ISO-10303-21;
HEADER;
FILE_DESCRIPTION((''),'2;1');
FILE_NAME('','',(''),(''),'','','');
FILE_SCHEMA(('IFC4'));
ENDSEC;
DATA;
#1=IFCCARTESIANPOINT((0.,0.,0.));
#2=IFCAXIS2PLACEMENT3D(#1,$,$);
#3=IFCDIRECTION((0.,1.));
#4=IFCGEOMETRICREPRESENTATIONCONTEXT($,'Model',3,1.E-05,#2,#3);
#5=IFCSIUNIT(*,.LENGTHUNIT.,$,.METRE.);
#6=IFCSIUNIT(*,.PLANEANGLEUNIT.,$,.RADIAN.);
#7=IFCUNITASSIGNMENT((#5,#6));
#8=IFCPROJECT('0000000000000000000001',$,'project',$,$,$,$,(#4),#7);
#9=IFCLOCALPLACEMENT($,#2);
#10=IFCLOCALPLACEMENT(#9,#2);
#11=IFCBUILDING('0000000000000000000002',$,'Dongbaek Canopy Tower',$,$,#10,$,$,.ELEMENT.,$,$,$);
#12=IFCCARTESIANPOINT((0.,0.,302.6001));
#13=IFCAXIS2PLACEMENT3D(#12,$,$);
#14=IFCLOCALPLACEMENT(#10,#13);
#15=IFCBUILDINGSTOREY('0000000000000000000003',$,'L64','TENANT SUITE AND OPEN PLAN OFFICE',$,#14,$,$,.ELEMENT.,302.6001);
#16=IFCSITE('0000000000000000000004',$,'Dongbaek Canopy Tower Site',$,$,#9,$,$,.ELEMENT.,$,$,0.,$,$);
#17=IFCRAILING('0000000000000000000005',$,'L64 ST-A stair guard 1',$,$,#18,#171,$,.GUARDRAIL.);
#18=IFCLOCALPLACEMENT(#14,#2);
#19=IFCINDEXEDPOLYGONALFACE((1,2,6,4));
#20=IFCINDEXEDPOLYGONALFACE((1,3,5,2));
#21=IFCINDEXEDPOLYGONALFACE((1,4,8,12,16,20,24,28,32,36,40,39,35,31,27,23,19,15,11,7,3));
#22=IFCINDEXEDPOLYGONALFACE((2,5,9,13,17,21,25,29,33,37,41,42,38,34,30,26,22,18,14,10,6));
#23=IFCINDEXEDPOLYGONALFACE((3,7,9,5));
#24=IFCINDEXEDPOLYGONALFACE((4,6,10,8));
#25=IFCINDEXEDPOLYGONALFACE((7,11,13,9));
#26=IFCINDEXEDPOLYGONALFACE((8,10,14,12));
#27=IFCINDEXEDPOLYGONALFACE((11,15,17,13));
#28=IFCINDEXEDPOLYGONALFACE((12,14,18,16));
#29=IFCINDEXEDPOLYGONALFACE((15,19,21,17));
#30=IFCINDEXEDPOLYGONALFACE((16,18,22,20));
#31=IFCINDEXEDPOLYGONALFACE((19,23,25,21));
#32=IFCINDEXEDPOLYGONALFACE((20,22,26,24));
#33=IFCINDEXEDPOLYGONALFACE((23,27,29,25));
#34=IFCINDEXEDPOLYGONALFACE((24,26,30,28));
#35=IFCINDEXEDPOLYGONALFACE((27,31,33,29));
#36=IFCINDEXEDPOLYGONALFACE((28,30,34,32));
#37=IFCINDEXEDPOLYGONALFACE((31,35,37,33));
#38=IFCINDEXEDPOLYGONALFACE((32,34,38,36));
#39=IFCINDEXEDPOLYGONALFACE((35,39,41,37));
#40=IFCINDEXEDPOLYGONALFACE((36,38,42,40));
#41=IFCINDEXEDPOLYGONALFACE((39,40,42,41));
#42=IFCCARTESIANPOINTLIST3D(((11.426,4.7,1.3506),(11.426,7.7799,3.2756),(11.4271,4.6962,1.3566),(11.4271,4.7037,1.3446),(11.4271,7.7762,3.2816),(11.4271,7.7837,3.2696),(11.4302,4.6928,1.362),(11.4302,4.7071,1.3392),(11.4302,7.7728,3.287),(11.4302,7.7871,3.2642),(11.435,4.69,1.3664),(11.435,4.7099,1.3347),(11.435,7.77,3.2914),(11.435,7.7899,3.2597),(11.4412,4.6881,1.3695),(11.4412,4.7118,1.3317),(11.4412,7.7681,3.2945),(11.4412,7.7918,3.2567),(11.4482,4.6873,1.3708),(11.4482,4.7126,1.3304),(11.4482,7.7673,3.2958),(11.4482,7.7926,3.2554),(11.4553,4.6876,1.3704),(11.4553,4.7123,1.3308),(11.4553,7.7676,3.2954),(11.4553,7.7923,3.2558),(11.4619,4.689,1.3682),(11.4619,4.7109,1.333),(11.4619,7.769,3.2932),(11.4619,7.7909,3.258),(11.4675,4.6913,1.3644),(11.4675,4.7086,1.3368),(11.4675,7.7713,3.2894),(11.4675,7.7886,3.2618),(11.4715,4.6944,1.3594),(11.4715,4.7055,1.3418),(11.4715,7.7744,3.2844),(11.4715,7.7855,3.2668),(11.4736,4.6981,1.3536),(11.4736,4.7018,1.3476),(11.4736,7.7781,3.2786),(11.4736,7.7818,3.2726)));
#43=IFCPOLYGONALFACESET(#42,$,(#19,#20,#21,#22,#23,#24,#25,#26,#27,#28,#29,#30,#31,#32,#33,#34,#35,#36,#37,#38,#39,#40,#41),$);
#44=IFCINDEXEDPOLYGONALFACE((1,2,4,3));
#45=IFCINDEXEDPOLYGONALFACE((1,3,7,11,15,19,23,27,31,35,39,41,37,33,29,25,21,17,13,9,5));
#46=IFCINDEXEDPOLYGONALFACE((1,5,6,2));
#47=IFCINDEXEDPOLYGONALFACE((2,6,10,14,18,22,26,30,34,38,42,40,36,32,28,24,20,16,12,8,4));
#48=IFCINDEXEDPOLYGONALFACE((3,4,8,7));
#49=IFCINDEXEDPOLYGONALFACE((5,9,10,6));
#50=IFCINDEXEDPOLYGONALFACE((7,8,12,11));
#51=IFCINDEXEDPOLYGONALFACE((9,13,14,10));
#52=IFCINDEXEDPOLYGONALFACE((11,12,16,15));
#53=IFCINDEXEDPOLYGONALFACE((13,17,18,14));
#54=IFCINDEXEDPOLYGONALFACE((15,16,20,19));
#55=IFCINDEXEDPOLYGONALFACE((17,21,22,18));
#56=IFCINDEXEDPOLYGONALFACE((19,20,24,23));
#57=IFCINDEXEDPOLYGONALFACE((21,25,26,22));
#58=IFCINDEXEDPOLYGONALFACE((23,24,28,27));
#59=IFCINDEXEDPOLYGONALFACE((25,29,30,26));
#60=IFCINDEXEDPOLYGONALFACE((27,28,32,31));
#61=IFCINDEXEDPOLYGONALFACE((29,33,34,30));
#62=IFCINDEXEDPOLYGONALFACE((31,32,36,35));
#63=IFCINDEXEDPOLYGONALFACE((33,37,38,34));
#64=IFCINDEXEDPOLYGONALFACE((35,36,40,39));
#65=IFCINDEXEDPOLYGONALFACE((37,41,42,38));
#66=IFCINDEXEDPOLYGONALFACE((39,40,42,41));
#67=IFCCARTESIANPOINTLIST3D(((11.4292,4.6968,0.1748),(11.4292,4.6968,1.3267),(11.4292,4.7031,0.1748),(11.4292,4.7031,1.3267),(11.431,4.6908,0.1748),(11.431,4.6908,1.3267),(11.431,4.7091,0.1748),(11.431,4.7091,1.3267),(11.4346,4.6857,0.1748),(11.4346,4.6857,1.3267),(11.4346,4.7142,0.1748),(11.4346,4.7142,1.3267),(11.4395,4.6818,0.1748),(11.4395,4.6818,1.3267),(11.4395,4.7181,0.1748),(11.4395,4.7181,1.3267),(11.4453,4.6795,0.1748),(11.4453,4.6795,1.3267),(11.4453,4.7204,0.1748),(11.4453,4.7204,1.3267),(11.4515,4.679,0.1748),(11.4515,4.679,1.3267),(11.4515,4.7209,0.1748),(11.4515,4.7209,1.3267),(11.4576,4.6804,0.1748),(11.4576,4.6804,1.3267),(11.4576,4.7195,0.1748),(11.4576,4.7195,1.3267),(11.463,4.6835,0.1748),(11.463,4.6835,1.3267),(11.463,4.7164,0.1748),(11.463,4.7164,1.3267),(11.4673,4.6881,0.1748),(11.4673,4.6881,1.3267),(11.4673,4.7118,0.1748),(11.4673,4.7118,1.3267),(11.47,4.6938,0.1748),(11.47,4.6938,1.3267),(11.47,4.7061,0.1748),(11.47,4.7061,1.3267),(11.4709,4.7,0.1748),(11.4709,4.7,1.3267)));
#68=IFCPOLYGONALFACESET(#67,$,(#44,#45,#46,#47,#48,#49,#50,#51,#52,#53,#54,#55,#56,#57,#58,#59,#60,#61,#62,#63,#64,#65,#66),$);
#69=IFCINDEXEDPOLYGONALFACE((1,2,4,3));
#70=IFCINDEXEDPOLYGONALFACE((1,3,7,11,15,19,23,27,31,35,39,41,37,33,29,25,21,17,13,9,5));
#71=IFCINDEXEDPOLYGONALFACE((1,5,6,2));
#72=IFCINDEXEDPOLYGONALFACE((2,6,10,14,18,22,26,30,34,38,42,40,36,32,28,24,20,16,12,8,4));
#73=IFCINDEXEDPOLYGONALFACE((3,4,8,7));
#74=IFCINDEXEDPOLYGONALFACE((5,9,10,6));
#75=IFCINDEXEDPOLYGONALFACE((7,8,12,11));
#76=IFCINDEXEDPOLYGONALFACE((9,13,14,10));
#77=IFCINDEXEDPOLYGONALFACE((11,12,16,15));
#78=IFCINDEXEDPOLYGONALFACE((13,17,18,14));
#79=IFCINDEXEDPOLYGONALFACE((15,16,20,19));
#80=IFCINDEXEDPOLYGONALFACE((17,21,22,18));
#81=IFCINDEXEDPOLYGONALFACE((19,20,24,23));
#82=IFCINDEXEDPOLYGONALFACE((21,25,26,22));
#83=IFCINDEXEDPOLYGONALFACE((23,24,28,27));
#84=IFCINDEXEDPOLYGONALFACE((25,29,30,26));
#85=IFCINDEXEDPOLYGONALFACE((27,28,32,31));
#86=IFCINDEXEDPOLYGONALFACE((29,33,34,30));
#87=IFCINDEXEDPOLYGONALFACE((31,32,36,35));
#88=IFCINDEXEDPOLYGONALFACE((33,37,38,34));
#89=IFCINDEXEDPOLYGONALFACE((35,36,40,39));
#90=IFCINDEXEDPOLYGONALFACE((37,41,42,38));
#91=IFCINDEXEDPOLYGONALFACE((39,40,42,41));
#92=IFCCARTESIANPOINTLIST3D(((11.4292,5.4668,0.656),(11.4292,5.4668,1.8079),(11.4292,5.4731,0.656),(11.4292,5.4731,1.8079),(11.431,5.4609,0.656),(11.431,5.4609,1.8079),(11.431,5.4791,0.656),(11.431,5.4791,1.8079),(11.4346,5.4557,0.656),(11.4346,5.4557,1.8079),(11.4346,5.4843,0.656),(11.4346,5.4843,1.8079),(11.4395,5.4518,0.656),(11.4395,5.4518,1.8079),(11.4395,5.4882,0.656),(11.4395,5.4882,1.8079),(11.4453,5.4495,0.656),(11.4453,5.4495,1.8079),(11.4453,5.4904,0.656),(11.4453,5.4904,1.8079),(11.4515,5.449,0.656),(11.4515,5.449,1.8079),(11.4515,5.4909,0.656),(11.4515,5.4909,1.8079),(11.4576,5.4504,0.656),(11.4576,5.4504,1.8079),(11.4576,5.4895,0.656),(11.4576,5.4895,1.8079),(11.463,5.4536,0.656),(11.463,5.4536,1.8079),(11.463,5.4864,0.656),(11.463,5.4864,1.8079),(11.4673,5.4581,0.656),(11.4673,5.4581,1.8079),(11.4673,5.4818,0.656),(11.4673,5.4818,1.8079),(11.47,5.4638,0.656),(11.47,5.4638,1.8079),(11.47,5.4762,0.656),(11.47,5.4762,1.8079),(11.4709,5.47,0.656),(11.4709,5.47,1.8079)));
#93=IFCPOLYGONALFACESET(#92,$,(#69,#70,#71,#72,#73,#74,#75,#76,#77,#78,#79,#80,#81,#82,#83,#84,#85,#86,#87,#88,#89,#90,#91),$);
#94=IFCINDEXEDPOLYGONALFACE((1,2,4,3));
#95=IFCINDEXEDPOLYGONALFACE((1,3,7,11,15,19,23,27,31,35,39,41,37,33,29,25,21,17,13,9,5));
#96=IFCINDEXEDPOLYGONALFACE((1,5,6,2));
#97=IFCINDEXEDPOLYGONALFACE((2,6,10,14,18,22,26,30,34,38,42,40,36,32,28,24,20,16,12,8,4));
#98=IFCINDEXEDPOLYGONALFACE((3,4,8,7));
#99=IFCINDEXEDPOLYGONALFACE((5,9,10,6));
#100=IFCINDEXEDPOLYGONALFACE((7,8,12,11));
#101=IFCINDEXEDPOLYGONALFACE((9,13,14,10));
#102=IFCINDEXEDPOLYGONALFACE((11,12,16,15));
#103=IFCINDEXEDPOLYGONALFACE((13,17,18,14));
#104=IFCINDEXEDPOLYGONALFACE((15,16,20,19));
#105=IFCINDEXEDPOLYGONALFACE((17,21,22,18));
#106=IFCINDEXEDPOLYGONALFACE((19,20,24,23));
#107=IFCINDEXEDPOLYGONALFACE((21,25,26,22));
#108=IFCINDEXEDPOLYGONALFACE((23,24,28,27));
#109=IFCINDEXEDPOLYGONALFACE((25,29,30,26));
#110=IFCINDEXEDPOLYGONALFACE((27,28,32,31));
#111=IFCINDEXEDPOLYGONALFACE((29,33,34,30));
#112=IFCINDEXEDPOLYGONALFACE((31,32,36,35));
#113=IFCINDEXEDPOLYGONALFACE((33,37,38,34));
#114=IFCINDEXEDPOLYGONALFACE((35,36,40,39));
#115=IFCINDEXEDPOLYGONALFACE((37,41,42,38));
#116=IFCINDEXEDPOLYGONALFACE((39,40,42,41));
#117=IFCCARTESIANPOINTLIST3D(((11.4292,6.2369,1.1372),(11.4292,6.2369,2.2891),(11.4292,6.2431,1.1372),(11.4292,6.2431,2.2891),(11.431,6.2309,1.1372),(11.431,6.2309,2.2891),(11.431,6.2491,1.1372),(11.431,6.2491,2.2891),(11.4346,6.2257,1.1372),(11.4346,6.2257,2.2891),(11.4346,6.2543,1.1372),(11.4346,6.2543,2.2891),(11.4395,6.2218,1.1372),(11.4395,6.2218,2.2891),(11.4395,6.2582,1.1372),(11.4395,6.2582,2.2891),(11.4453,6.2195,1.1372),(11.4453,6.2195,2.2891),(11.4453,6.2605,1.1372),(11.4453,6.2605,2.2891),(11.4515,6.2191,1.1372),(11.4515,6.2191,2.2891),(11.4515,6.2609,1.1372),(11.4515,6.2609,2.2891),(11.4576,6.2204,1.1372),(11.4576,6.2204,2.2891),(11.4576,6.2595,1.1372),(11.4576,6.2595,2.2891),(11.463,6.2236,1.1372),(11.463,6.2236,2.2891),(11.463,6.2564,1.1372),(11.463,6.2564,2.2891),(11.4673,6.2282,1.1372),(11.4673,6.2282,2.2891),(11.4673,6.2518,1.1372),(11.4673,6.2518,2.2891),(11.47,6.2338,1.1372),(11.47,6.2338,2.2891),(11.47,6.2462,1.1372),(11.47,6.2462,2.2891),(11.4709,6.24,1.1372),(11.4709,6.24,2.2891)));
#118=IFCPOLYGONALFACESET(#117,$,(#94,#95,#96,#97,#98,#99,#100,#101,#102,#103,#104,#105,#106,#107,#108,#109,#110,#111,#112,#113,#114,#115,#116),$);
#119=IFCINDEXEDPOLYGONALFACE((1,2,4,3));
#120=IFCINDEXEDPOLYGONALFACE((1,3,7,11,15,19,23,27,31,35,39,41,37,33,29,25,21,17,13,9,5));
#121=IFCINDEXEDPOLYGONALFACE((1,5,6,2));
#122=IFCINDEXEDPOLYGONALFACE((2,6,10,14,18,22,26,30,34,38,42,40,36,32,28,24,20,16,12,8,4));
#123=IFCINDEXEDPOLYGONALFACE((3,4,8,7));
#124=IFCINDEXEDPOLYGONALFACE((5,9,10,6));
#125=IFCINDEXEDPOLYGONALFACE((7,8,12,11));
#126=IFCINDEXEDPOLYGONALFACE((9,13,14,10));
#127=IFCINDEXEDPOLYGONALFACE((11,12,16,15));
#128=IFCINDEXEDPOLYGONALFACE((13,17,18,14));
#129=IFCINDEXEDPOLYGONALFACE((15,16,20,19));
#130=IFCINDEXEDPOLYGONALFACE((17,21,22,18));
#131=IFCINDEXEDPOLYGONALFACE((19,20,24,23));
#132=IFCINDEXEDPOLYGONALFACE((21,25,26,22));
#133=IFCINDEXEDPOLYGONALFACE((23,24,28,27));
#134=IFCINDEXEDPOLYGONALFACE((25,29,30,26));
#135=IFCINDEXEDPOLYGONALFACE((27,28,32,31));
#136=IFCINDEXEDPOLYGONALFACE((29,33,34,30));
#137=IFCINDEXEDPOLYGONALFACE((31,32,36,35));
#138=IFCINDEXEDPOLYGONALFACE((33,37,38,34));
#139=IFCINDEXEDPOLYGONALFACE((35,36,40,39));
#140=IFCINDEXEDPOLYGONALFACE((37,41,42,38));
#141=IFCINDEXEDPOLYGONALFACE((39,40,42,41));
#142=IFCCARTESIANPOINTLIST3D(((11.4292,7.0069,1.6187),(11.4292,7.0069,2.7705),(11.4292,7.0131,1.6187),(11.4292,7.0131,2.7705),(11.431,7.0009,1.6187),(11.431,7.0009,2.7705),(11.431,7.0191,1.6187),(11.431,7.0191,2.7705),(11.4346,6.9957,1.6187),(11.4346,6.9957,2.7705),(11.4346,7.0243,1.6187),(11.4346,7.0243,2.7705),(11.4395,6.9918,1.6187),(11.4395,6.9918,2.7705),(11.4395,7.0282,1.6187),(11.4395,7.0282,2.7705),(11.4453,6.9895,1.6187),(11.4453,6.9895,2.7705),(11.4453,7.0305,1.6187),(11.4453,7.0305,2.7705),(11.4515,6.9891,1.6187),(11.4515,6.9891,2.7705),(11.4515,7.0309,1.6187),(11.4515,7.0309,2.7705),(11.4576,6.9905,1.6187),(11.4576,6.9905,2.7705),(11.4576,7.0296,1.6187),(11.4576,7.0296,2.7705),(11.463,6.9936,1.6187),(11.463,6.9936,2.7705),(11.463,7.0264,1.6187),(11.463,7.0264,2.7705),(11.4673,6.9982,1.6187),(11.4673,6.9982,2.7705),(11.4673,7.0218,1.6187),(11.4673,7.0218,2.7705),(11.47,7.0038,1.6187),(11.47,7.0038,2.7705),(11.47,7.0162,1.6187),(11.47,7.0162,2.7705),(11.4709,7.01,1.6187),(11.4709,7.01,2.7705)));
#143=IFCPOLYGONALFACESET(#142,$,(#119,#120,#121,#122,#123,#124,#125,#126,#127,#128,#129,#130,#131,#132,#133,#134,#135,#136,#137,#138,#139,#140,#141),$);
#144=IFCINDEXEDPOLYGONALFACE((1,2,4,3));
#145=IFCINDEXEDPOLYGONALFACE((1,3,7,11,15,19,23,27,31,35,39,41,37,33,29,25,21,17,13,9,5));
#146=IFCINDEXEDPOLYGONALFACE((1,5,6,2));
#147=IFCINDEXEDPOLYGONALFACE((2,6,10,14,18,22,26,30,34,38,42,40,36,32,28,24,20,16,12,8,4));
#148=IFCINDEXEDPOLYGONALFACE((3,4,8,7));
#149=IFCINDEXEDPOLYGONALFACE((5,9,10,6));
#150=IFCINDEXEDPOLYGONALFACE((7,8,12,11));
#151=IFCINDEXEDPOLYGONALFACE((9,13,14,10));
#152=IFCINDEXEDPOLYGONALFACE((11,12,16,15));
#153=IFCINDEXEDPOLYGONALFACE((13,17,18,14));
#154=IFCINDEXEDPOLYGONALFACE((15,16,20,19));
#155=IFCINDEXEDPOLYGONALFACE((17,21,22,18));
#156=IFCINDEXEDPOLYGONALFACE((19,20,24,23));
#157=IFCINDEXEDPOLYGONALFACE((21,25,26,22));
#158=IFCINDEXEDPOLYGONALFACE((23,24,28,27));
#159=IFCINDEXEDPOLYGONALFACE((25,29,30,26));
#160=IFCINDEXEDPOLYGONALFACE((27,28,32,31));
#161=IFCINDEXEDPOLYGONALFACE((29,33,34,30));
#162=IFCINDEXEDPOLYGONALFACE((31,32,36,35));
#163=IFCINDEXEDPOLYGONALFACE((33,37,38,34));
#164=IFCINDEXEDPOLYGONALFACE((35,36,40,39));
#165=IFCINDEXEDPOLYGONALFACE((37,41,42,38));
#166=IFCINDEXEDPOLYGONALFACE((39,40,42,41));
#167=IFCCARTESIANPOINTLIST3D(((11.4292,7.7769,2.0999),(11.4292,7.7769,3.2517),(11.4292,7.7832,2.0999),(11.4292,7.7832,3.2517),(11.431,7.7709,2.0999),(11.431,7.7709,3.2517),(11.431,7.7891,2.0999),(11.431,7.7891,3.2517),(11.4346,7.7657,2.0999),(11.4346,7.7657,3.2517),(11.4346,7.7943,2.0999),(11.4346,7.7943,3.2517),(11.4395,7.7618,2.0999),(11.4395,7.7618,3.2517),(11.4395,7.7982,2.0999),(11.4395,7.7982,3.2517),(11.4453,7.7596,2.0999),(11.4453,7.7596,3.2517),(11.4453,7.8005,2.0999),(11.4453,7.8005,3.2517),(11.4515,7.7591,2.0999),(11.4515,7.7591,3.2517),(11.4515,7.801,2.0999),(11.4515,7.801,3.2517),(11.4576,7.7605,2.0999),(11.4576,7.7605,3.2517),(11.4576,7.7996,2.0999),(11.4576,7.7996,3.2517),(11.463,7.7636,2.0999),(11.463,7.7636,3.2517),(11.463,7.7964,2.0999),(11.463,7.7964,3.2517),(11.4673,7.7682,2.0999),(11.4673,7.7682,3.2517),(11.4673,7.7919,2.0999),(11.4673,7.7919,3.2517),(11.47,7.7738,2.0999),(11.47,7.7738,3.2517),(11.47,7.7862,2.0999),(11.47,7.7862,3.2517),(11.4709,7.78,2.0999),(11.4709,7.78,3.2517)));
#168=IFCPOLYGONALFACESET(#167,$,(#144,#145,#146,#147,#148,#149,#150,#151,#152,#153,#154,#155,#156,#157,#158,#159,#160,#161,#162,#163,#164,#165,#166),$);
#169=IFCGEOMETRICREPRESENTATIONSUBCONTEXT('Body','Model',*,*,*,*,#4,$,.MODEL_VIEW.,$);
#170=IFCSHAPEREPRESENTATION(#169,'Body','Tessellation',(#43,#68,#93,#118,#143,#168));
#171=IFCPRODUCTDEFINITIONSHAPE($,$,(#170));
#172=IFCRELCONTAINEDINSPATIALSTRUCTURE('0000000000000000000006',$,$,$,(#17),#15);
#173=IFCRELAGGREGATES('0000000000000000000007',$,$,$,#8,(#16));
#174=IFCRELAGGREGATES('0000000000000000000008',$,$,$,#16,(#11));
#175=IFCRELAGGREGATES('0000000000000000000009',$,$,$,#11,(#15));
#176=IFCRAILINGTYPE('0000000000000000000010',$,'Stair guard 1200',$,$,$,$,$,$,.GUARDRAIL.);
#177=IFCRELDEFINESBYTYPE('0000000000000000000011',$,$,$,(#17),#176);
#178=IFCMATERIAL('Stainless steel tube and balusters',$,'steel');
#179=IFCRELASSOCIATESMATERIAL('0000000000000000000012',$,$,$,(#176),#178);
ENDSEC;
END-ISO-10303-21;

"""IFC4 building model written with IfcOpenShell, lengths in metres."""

from ifc_helpers import new_model, si_unit, direction, frame, origin, origin_2d, place, context, subcontext, project, spatial, circle, extrude, material, type_object, element, save


model = new_model("IFC4")

# Units and contexts
model_context = context("Model", 3, precision=1e-05, world=origin(), true_north=direction((0.0, 1.0)))
body_context = subcontext(model_context, "Body", "Model", "MODEL_VIEW")
ifc_project = project(units=[si_unit("LENGTHUNIT", "METRE"), si_unit("PLANEANGLEUNIT", "RADIAN")], contexts=[model_context])

# Site, building, storey
site_placement = place(None, origin())
site = spatial("IfcSite", under=ifc_project, at=site_placement, Name="Dongbaek Canopy Tower Site", CompositionType="ELEMENT", RefElevation=0.0)
building_placement = place(site_placement, origin())
building = spatial("IfcBuilding", under=site, at=building_placement, Name="Dongbaek Canopy Tower", CompositionType="ELEMENT")
storey_placement = place(building_placement, frame((0.0, 0.0, 302.6001)))
storey = spatial("IfcBuildingStorey", under=building, at=storey_placement, Name="L64", Description="TENANT SUITE AND OPEN PLAN OFFICE", CompositionType="ELEMENT", Elevation=302.6001)

# Railing
ifc_material_1 = material(Name="Stainless steel tube and balusters", Category="steel")
railing_type_1 = type_object("IfcRailingType", Name="Stair guard 1200", PredefinedType="GUARDRAIL", material=ifc_material_1)
railing_1_placement = place(storey_placement, frame((11.45, 4.7, 0.1748)))
element("IfcRailing", 1, at=railing_1_placement, inside=storey, type_object=railing_type_1, Name="L64 ST-A stair guard 1", PredefinedType="GUARDRAIL", context=body_context, shape_type="SweptSolid", body=[
    extrude(circle(Radius=0.0239, at=origin_2d()), frame((0.0, 0.0, 1.1758), z_axis=(0.0, 0.847998, 0.529999), x_axis=(-1.0, 0.0, 0.0)), (0.0, 0.0, 1.0), 3.6321),
    extrude(circle(Radius=0.021, at=origin_2d()), origin(), (0.0, 0.0, 1.0), 1.1519),
    extrude(circle(Radius=0.021, at=origin_2d()), frame((0.0, 0.77, 0.4812)), (0.0, 0.0, 1.0), 1.1519),
    extrude(circle(Radius=0.021, at=origin_2d()), frame((0.0, 1.54, 0.9624)), (0.0, 0.0, 1.0), 1.1519),
    extrude(circle(Radius=0.021, at=origin_2d()), frame((0.0, 2.3101, 1.4438)), (0.0, 0.0, 1.0), 1.1519),
    extrude(circle(Radius=0.021, at=origin_2d()), frame((0.0, 3.0801, 1.925)), (0.0, 0.0, 1.0), 1.1519),
])

save(model, "model.ifc")
